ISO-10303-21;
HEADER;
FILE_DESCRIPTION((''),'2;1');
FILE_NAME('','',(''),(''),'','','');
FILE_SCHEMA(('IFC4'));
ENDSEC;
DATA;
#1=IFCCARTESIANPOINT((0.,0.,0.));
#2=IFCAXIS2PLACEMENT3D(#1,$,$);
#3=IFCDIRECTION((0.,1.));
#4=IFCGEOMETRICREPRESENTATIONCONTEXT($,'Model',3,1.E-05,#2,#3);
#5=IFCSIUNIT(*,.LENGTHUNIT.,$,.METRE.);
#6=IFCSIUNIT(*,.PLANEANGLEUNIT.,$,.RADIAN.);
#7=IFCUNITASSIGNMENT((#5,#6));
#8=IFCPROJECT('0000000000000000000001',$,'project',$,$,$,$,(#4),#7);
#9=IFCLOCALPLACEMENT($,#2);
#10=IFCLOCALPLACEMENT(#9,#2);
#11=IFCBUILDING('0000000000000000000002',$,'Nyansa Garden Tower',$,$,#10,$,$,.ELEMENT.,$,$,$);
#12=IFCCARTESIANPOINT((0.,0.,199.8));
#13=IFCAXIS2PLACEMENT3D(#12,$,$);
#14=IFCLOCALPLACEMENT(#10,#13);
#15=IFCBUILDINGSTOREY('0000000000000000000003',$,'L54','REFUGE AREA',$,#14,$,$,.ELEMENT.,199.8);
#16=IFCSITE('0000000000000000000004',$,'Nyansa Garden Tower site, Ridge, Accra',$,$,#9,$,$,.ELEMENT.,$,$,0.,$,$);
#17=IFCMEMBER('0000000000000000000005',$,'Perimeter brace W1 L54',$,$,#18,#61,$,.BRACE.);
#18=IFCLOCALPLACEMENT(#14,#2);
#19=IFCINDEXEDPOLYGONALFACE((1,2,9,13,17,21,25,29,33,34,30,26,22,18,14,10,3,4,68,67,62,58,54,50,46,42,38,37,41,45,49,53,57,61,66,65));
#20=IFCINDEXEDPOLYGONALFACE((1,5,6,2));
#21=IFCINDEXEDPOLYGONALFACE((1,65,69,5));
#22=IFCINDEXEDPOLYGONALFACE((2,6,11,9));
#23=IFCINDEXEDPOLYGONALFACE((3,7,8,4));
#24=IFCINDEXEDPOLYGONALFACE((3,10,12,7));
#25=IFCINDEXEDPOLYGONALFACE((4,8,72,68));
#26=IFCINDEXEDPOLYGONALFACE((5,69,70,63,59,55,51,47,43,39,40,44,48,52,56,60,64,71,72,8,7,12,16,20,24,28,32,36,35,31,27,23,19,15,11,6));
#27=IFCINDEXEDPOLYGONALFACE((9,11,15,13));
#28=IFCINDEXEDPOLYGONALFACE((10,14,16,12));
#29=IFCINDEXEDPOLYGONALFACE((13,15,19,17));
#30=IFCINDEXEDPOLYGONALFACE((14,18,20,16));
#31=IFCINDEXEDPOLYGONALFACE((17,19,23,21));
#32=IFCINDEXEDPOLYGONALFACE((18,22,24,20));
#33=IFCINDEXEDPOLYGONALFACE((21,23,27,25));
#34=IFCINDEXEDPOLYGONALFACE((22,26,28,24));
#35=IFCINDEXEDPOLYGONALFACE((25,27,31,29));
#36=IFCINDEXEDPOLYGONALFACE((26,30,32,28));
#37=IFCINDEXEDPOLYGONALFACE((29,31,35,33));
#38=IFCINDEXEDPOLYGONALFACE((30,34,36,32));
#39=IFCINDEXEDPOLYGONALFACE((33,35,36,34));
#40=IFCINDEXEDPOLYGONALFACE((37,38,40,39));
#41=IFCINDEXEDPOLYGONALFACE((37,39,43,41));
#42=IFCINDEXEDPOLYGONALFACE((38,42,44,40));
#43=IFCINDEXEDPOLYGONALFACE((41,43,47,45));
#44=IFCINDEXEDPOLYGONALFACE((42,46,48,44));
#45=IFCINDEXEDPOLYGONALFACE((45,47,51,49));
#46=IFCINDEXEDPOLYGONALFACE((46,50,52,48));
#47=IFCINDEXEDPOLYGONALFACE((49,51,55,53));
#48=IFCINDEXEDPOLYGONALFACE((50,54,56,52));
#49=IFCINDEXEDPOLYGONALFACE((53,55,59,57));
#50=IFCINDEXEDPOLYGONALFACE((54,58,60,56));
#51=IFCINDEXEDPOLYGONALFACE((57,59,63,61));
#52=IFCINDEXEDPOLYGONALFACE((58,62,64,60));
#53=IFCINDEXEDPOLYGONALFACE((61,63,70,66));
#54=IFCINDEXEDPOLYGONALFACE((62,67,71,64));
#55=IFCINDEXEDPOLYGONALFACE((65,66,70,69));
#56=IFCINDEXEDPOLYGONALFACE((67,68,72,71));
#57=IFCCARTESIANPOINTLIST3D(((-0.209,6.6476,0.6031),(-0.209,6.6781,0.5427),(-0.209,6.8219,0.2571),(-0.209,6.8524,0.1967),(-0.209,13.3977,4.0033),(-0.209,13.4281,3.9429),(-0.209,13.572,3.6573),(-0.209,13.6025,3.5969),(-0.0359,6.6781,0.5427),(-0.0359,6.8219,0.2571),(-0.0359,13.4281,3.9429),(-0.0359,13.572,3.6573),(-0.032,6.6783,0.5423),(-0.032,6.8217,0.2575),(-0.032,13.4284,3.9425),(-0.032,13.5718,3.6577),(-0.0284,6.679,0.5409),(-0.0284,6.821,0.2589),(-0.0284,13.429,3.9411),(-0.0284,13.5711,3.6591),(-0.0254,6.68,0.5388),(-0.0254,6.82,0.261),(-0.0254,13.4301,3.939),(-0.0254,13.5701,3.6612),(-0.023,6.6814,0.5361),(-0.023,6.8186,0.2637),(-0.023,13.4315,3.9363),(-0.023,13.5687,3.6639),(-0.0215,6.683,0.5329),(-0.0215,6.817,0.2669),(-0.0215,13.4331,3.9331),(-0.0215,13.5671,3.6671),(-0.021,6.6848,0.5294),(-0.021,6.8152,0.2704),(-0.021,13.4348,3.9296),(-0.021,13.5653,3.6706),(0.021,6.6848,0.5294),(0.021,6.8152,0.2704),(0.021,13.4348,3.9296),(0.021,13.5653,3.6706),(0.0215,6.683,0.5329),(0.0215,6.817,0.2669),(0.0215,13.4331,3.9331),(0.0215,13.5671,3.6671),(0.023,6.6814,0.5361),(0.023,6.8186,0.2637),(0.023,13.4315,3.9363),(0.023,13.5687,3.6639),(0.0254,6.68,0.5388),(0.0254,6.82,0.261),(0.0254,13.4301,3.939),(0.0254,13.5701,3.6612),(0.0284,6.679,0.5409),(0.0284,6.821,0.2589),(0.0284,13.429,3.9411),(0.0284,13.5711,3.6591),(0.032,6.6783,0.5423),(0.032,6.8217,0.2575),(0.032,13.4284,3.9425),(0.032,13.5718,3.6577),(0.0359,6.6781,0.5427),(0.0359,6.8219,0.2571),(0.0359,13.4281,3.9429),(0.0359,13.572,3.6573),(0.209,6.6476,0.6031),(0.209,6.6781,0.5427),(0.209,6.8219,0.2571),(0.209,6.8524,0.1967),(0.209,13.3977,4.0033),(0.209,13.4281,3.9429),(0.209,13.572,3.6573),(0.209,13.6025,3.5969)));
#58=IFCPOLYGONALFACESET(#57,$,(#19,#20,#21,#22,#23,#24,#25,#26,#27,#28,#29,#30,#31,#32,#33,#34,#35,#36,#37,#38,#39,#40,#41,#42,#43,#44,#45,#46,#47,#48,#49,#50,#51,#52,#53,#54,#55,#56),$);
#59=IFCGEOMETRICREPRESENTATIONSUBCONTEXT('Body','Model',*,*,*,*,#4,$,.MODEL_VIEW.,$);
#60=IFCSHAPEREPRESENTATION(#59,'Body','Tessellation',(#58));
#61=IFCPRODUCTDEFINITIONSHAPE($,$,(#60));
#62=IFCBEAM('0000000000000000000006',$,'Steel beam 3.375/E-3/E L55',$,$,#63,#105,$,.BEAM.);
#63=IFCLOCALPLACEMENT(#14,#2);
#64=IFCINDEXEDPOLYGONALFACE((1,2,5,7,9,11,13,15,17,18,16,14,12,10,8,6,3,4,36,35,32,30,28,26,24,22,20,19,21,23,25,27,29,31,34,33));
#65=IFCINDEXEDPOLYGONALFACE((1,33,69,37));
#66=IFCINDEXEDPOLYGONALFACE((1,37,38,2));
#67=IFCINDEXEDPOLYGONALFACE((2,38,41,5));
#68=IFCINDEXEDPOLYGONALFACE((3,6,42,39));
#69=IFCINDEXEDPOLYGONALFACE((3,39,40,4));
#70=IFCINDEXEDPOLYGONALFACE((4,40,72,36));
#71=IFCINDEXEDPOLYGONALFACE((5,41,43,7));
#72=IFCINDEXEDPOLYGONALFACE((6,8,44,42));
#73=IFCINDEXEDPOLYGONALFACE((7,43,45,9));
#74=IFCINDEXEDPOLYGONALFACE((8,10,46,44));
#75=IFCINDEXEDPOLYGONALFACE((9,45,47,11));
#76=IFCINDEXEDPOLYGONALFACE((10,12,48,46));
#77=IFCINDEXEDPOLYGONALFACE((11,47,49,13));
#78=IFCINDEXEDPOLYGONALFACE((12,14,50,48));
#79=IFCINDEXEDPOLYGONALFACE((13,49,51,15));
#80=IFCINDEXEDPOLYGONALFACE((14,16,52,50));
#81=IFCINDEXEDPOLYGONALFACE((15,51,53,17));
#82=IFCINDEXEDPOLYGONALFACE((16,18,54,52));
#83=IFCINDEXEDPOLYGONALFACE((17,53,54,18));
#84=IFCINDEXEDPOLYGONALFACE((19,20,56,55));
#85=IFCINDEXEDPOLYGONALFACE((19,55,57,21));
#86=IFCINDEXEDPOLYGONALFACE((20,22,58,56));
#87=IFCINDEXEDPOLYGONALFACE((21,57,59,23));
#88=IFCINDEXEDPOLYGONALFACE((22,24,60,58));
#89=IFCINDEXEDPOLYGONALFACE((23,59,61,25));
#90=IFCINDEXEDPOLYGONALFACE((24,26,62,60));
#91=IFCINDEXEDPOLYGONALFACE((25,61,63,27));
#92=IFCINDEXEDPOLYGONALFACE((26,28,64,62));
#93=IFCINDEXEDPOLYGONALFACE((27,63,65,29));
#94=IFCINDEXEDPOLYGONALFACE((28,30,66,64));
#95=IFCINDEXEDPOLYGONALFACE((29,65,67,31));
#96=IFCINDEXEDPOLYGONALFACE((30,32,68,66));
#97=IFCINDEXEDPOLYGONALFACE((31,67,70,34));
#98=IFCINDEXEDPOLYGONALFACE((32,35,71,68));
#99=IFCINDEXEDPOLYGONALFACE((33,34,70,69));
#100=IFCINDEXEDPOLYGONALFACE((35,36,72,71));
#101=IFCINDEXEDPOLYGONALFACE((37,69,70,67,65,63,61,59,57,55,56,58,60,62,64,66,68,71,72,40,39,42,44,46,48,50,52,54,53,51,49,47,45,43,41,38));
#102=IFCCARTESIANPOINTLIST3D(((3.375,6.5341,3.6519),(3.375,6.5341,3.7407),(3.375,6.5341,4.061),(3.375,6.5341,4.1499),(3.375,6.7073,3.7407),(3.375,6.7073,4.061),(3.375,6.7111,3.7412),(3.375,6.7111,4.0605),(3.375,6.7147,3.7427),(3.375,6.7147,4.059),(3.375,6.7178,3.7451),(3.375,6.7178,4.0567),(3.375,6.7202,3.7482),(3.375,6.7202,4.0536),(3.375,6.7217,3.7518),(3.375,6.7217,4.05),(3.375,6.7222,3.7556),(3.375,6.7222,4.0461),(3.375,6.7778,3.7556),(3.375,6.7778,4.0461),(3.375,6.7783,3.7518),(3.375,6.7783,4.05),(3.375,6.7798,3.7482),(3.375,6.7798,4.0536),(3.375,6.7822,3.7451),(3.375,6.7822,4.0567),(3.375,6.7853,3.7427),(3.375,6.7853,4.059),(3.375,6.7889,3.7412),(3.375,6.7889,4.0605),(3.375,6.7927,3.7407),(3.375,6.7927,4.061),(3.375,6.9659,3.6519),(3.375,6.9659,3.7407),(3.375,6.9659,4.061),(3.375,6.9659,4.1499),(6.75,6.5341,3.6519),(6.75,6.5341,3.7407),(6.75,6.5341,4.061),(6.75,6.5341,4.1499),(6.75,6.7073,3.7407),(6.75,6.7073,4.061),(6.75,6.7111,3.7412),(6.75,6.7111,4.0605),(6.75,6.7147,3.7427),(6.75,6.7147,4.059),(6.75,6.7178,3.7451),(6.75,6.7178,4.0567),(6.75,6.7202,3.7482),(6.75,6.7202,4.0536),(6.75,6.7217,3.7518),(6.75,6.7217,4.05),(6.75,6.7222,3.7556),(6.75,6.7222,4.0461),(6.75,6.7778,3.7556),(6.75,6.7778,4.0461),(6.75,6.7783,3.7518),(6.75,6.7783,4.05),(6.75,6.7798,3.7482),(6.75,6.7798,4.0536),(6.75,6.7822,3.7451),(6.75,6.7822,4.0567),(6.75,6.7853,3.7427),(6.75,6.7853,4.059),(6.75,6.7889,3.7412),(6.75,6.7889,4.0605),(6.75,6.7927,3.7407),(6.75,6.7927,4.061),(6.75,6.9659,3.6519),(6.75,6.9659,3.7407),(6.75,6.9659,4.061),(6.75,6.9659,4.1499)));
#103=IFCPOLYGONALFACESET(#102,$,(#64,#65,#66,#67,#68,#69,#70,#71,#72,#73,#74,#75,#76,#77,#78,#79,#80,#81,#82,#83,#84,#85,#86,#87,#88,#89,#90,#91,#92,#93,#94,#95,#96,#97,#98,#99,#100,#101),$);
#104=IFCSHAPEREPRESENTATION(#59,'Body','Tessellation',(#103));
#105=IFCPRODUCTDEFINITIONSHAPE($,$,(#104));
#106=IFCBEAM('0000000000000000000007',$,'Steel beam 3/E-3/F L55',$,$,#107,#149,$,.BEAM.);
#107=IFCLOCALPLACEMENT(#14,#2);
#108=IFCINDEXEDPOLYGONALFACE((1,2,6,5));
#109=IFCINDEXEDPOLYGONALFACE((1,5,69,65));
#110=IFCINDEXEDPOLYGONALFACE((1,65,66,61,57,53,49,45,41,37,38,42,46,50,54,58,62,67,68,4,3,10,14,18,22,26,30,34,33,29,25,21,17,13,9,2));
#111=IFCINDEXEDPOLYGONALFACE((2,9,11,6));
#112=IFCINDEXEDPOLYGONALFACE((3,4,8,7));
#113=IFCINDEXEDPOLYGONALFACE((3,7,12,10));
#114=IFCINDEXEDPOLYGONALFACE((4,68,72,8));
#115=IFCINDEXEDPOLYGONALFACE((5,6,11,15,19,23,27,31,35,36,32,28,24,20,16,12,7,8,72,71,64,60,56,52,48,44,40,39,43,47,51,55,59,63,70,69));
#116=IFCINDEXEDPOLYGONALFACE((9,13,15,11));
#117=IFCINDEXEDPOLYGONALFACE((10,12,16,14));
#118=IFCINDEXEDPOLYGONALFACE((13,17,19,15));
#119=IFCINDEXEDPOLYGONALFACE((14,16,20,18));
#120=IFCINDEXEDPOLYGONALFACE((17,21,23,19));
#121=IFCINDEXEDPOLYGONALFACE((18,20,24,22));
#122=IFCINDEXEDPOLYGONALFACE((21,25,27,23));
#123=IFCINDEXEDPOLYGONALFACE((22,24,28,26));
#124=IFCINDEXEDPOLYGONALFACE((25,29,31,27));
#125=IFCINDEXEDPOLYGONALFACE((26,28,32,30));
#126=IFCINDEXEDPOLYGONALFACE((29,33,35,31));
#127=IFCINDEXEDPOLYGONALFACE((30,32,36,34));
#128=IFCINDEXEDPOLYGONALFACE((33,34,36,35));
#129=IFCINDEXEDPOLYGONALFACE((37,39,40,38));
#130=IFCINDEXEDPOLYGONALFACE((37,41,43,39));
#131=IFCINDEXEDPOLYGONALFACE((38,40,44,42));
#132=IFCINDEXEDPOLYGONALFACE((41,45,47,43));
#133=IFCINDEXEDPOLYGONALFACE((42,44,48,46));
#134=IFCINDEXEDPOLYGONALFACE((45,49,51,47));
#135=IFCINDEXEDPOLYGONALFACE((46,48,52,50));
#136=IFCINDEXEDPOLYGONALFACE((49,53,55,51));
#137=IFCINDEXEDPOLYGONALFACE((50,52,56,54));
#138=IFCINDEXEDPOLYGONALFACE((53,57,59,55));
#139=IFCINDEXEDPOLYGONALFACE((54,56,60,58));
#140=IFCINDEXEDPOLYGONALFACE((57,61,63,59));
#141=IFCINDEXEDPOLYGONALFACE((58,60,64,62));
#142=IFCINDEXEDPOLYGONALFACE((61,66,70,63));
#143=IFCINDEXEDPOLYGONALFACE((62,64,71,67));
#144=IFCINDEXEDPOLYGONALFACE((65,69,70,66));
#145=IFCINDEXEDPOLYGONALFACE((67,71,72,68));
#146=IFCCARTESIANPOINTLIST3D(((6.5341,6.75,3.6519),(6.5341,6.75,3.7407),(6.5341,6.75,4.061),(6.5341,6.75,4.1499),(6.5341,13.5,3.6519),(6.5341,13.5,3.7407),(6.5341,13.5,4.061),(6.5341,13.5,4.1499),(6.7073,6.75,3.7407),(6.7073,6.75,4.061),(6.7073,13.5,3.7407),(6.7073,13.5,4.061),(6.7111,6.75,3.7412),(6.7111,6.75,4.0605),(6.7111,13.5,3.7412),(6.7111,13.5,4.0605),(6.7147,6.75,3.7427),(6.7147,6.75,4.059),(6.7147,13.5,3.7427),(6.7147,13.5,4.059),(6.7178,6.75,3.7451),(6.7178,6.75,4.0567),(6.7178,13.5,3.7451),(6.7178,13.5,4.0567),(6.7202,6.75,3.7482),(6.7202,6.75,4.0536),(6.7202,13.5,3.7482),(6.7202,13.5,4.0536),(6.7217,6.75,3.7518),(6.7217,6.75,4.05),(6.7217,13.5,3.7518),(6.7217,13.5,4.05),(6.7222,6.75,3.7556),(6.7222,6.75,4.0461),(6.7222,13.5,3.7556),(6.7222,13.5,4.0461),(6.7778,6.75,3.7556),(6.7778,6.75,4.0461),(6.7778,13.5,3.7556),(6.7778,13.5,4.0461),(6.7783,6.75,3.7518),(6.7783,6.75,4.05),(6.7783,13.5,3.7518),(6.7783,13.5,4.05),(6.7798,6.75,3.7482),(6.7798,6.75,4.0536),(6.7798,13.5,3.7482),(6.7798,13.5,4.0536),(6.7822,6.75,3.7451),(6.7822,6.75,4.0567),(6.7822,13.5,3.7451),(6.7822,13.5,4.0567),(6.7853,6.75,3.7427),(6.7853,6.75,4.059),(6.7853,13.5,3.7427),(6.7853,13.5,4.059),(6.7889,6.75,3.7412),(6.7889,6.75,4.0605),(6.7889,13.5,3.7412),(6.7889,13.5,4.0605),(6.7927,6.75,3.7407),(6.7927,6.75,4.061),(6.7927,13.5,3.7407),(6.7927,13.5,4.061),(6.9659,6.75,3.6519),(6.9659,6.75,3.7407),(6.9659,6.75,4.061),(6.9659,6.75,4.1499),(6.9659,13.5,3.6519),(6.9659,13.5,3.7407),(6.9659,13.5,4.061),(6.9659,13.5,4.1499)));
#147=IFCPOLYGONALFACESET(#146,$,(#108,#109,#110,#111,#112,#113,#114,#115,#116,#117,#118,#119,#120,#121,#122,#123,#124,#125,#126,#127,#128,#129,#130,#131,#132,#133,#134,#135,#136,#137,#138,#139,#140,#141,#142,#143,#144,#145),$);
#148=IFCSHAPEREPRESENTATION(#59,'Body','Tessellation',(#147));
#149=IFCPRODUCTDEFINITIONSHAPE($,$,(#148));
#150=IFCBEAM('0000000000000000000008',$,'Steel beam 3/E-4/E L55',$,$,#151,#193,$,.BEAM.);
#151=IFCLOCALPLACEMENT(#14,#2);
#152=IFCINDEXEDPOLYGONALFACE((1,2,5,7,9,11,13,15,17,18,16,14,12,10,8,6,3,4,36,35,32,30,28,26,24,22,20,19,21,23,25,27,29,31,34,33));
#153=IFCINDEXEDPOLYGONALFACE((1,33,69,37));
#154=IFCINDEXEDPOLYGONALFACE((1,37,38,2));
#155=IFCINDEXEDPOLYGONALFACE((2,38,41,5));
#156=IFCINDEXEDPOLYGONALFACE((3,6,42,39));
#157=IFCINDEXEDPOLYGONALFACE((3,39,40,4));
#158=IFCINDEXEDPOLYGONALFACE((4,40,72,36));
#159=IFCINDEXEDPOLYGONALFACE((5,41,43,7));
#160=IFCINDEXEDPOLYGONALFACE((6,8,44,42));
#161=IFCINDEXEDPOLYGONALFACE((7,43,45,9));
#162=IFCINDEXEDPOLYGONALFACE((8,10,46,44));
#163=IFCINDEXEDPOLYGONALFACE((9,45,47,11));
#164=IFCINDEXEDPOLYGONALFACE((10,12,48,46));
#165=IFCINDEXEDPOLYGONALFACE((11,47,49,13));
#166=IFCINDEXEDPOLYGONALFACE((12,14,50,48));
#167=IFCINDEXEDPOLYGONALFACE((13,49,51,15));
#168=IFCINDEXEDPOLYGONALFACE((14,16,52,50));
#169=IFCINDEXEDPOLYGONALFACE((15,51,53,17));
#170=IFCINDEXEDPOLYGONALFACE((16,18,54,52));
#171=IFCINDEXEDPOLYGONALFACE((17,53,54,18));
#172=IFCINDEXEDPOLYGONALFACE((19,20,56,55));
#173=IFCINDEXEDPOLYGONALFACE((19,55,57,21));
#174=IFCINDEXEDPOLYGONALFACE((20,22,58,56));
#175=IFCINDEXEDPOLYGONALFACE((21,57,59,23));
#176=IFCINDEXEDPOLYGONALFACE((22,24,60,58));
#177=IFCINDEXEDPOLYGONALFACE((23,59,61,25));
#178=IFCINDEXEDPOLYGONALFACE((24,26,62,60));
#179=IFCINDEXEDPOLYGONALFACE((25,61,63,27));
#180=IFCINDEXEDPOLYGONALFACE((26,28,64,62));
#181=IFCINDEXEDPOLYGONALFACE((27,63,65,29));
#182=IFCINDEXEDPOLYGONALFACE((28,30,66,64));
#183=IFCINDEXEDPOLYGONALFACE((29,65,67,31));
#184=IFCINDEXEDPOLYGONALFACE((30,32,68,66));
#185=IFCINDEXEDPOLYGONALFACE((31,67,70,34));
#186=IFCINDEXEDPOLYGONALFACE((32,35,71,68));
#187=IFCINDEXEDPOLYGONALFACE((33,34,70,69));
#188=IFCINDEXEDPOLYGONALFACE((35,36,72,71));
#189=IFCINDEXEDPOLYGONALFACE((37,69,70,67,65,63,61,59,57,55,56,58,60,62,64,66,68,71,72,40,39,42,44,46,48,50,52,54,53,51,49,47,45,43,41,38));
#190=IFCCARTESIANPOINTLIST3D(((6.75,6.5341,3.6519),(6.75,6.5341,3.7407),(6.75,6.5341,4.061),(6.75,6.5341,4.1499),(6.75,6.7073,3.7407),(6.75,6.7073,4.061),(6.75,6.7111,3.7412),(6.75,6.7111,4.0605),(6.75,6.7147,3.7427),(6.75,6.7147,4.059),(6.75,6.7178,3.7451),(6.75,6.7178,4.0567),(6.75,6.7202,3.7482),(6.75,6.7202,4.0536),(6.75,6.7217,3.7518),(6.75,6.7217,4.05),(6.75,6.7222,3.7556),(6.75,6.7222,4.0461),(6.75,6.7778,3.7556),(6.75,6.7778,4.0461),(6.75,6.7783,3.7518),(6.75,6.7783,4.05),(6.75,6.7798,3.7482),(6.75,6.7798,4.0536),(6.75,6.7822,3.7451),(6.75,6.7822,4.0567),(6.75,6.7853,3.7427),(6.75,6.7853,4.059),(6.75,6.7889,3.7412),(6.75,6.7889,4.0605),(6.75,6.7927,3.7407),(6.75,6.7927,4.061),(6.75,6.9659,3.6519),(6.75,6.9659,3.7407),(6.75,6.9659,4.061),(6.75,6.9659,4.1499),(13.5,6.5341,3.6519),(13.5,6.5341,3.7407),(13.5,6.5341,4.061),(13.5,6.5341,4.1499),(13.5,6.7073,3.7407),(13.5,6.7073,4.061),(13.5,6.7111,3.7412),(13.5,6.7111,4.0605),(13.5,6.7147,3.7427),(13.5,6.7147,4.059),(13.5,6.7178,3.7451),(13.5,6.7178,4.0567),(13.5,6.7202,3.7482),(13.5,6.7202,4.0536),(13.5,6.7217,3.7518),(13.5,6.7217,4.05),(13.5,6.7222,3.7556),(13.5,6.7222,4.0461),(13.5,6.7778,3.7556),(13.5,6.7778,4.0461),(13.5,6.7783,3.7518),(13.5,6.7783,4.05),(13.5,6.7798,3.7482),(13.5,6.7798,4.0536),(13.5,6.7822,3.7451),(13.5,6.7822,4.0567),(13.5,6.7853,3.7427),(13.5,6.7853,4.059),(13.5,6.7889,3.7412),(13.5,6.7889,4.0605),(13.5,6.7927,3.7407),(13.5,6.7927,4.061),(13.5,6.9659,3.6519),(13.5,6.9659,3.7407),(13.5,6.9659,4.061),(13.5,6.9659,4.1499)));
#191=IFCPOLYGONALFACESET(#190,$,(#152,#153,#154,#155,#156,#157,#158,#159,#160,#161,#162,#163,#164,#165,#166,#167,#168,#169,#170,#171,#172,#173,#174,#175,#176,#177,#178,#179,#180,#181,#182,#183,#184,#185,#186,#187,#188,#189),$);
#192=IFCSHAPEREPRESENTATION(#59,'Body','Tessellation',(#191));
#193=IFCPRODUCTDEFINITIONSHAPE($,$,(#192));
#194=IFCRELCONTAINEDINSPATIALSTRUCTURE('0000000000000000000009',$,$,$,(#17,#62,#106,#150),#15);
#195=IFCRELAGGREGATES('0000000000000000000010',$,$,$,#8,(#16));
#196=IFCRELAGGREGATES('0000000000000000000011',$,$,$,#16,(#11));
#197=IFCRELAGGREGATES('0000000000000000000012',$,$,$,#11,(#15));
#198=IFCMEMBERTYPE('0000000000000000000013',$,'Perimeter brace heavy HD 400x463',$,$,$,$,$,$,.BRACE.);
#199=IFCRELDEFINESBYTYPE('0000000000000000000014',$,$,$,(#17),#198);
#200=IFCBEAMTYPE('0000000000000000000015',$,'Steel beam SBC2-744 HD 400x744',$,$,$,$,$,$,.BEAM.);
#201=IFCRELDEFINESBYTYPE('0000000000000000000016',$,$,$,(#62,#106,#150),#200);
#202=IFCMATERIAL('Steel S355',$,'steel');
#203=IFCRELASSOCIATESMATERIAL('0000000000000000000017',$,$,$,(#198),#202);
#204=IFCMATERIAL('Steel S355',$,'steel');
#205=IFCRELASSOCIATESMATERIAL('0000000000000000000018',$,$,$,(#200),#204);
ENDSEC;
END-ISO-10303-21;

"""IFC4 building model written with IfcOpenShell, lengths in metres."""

from ifc_helpers import new_model, si_unit, direction, frame, origin, origin_2d, place, context, subcontext, project, spatial, i_section, extrude, material, material_profile, profile_set, type_object, element, save


model = new_model("IFC4")

# Units and contexts
model_context = context("Model", 3, precision=1e-05, world=origin(), true_north=direction((0.0, 1.0)))
body_context = subcontext(model_context, "Body", "Model", "MODEL_VIEW")
ifc_project = project(units=[si_unit("LENGTHUNIT", "METRE"), si_unit("PLANEANGLEUNIT", "RADIAN")], contexts=[model_context])

# Site, building, storey
site_placement = place(None, origin())
site = spatial("IfcSite", under=ifc_project, at=site_placement, Name="Nyansa Garden Tower site, Ridge, Accra", CompositionType="ELEMENT", RefElevation=0.0)
building_placement = place(site_placement, origin())
building = spatial("IfcBuilding", under=site, at=building_placement, Name="Nyansa Garden Tower", CompositionType="ELEMENT")
storey_placement = place(building_placement, frame((0.0, 0.0, 199.8)))
storey = spatial("IfcBuildingStorey", under=building, at=storey_placement, Name="L54", Description="REFUGE AREA", CompositionType="ELEMENT", Elevation=199.8)

# Member
ifc_material_1 = material(Name="Steel S355", Category="steel")
ifc_material_profile_1 = material_profile(ifc_material_1, i_section(OverallWidth=0.418, OverallDepth=0.4551, WebThickness=0.042, FlangeThickness=0.0676, FilletRadius=0.0149, at=origin_2d()), Name="HD 400x463")
ifc_profile_set_1 = profile_set([ifc_material_profile_1], Name="Steel S355")
member_type_1 = type_object("IfcMemberType", Name="Perimeter brace heavy HD 400x463", PredefinedType="BRACE", material=ifc_profile_set_1)
member_1_placement = place(storey_placement, frame((0.0, 6.75, 0.3999), z_axis=(0.0, 0.893092, 0.449873), x_axis=(-1.0, 0.0, 0.0)))
element("IfcMember", 1, at=member_1_placement, inside=storey, type_object=member_type_1, Name="Perimeter brace W1 L54", PredefinedType="BRACE", context=body_context, shape_type="SweptSolid", body=[
    extrude(i_section(OverallWidth=0.418, OverallDepth=0.4551, WebThickness=0.042, FlangeThickness=0.0676, FilletRadius=0.0149, at=origin_2d()), origin(), (0.0, 0.0, 1.0), 7.5581),
])

# Beams
ifc_material_2 = material(Name="Steel S355", Category="steel")
ifc_material_profile_2 = material_profile(ifc_material_2, i_section(OverallWidth=0.4319, OverallDepth=0.498, WebThickness=0.0557, FlangeThickness=0.0889, FilletRadius=0.0149, at=origin_2d()), Name="HD 400x744")
ifc_profile_set_2 = profile_set([ifc_material_profile_2], Name="Steel S355")
beam_type_1 = type_object("IfcBeamType", Name="Steel beam SBC2-744 HD 400x744", PredefinedType="BEAM", material=ifc_profile_set_2)
beam_1_placement = place(storey_placement, frame((3.375, 6.75, 3.9009), z_axis=(1.0, 0.0, 0.0), x_axis=(0.0, 1.0, 0.0)))
element("IfcBeam", 2, at=beam_1_placement, inside=storey, type_object=beam_type_1, Name="Steel beam 3.375/E-3/E L55", PredefinedType="BEAM", context=body_context, shape_type="SweptSolid", body=[
    extrude(i_section(OverallWidth=0.4319, OverallDepth=0.498, WebThickness=0.0557, FlangeThickness=0.0889, FilletRadius=0.0149, at=origin_2d()), origin(), (0.0, 0.0, 1.0), 3.375),
])
for number, where, z_axis, x_axis, name in (
    (3, (6.75, 6.75, 3.9009), (0.0, 1.0, 0.0), (-1.0, 0.0, 0.0), "Steel beam 3/E-3/F L55"),
    (4, (6.75, 6.75, 3.9009), (1.0, 0.0, 0.0), (0.0, 1.0, 0.0), "Steel beam 3/E-4/E L55"),
):
    element("IfcBeam", number, at=place(storey_placement, frame(where, z_axis=z_axis, x_axis=x_axis)), inside=storey, type_object=beam_type_1, Name=name, PredefinedType="BEAM", context=body_context, shape_type="SweptSolid", body=[
        extrude(i_section(OverallWidth=0.4319, OverallDepth=0.498, WebThickness=0.0557, FlangeThickness=0.0889, FilletRadius=0.0149, at=origin_2d()), origin(), (0.0, 0.0, 1.0), 6.75),
    ])

save(model, "model.ifc")
